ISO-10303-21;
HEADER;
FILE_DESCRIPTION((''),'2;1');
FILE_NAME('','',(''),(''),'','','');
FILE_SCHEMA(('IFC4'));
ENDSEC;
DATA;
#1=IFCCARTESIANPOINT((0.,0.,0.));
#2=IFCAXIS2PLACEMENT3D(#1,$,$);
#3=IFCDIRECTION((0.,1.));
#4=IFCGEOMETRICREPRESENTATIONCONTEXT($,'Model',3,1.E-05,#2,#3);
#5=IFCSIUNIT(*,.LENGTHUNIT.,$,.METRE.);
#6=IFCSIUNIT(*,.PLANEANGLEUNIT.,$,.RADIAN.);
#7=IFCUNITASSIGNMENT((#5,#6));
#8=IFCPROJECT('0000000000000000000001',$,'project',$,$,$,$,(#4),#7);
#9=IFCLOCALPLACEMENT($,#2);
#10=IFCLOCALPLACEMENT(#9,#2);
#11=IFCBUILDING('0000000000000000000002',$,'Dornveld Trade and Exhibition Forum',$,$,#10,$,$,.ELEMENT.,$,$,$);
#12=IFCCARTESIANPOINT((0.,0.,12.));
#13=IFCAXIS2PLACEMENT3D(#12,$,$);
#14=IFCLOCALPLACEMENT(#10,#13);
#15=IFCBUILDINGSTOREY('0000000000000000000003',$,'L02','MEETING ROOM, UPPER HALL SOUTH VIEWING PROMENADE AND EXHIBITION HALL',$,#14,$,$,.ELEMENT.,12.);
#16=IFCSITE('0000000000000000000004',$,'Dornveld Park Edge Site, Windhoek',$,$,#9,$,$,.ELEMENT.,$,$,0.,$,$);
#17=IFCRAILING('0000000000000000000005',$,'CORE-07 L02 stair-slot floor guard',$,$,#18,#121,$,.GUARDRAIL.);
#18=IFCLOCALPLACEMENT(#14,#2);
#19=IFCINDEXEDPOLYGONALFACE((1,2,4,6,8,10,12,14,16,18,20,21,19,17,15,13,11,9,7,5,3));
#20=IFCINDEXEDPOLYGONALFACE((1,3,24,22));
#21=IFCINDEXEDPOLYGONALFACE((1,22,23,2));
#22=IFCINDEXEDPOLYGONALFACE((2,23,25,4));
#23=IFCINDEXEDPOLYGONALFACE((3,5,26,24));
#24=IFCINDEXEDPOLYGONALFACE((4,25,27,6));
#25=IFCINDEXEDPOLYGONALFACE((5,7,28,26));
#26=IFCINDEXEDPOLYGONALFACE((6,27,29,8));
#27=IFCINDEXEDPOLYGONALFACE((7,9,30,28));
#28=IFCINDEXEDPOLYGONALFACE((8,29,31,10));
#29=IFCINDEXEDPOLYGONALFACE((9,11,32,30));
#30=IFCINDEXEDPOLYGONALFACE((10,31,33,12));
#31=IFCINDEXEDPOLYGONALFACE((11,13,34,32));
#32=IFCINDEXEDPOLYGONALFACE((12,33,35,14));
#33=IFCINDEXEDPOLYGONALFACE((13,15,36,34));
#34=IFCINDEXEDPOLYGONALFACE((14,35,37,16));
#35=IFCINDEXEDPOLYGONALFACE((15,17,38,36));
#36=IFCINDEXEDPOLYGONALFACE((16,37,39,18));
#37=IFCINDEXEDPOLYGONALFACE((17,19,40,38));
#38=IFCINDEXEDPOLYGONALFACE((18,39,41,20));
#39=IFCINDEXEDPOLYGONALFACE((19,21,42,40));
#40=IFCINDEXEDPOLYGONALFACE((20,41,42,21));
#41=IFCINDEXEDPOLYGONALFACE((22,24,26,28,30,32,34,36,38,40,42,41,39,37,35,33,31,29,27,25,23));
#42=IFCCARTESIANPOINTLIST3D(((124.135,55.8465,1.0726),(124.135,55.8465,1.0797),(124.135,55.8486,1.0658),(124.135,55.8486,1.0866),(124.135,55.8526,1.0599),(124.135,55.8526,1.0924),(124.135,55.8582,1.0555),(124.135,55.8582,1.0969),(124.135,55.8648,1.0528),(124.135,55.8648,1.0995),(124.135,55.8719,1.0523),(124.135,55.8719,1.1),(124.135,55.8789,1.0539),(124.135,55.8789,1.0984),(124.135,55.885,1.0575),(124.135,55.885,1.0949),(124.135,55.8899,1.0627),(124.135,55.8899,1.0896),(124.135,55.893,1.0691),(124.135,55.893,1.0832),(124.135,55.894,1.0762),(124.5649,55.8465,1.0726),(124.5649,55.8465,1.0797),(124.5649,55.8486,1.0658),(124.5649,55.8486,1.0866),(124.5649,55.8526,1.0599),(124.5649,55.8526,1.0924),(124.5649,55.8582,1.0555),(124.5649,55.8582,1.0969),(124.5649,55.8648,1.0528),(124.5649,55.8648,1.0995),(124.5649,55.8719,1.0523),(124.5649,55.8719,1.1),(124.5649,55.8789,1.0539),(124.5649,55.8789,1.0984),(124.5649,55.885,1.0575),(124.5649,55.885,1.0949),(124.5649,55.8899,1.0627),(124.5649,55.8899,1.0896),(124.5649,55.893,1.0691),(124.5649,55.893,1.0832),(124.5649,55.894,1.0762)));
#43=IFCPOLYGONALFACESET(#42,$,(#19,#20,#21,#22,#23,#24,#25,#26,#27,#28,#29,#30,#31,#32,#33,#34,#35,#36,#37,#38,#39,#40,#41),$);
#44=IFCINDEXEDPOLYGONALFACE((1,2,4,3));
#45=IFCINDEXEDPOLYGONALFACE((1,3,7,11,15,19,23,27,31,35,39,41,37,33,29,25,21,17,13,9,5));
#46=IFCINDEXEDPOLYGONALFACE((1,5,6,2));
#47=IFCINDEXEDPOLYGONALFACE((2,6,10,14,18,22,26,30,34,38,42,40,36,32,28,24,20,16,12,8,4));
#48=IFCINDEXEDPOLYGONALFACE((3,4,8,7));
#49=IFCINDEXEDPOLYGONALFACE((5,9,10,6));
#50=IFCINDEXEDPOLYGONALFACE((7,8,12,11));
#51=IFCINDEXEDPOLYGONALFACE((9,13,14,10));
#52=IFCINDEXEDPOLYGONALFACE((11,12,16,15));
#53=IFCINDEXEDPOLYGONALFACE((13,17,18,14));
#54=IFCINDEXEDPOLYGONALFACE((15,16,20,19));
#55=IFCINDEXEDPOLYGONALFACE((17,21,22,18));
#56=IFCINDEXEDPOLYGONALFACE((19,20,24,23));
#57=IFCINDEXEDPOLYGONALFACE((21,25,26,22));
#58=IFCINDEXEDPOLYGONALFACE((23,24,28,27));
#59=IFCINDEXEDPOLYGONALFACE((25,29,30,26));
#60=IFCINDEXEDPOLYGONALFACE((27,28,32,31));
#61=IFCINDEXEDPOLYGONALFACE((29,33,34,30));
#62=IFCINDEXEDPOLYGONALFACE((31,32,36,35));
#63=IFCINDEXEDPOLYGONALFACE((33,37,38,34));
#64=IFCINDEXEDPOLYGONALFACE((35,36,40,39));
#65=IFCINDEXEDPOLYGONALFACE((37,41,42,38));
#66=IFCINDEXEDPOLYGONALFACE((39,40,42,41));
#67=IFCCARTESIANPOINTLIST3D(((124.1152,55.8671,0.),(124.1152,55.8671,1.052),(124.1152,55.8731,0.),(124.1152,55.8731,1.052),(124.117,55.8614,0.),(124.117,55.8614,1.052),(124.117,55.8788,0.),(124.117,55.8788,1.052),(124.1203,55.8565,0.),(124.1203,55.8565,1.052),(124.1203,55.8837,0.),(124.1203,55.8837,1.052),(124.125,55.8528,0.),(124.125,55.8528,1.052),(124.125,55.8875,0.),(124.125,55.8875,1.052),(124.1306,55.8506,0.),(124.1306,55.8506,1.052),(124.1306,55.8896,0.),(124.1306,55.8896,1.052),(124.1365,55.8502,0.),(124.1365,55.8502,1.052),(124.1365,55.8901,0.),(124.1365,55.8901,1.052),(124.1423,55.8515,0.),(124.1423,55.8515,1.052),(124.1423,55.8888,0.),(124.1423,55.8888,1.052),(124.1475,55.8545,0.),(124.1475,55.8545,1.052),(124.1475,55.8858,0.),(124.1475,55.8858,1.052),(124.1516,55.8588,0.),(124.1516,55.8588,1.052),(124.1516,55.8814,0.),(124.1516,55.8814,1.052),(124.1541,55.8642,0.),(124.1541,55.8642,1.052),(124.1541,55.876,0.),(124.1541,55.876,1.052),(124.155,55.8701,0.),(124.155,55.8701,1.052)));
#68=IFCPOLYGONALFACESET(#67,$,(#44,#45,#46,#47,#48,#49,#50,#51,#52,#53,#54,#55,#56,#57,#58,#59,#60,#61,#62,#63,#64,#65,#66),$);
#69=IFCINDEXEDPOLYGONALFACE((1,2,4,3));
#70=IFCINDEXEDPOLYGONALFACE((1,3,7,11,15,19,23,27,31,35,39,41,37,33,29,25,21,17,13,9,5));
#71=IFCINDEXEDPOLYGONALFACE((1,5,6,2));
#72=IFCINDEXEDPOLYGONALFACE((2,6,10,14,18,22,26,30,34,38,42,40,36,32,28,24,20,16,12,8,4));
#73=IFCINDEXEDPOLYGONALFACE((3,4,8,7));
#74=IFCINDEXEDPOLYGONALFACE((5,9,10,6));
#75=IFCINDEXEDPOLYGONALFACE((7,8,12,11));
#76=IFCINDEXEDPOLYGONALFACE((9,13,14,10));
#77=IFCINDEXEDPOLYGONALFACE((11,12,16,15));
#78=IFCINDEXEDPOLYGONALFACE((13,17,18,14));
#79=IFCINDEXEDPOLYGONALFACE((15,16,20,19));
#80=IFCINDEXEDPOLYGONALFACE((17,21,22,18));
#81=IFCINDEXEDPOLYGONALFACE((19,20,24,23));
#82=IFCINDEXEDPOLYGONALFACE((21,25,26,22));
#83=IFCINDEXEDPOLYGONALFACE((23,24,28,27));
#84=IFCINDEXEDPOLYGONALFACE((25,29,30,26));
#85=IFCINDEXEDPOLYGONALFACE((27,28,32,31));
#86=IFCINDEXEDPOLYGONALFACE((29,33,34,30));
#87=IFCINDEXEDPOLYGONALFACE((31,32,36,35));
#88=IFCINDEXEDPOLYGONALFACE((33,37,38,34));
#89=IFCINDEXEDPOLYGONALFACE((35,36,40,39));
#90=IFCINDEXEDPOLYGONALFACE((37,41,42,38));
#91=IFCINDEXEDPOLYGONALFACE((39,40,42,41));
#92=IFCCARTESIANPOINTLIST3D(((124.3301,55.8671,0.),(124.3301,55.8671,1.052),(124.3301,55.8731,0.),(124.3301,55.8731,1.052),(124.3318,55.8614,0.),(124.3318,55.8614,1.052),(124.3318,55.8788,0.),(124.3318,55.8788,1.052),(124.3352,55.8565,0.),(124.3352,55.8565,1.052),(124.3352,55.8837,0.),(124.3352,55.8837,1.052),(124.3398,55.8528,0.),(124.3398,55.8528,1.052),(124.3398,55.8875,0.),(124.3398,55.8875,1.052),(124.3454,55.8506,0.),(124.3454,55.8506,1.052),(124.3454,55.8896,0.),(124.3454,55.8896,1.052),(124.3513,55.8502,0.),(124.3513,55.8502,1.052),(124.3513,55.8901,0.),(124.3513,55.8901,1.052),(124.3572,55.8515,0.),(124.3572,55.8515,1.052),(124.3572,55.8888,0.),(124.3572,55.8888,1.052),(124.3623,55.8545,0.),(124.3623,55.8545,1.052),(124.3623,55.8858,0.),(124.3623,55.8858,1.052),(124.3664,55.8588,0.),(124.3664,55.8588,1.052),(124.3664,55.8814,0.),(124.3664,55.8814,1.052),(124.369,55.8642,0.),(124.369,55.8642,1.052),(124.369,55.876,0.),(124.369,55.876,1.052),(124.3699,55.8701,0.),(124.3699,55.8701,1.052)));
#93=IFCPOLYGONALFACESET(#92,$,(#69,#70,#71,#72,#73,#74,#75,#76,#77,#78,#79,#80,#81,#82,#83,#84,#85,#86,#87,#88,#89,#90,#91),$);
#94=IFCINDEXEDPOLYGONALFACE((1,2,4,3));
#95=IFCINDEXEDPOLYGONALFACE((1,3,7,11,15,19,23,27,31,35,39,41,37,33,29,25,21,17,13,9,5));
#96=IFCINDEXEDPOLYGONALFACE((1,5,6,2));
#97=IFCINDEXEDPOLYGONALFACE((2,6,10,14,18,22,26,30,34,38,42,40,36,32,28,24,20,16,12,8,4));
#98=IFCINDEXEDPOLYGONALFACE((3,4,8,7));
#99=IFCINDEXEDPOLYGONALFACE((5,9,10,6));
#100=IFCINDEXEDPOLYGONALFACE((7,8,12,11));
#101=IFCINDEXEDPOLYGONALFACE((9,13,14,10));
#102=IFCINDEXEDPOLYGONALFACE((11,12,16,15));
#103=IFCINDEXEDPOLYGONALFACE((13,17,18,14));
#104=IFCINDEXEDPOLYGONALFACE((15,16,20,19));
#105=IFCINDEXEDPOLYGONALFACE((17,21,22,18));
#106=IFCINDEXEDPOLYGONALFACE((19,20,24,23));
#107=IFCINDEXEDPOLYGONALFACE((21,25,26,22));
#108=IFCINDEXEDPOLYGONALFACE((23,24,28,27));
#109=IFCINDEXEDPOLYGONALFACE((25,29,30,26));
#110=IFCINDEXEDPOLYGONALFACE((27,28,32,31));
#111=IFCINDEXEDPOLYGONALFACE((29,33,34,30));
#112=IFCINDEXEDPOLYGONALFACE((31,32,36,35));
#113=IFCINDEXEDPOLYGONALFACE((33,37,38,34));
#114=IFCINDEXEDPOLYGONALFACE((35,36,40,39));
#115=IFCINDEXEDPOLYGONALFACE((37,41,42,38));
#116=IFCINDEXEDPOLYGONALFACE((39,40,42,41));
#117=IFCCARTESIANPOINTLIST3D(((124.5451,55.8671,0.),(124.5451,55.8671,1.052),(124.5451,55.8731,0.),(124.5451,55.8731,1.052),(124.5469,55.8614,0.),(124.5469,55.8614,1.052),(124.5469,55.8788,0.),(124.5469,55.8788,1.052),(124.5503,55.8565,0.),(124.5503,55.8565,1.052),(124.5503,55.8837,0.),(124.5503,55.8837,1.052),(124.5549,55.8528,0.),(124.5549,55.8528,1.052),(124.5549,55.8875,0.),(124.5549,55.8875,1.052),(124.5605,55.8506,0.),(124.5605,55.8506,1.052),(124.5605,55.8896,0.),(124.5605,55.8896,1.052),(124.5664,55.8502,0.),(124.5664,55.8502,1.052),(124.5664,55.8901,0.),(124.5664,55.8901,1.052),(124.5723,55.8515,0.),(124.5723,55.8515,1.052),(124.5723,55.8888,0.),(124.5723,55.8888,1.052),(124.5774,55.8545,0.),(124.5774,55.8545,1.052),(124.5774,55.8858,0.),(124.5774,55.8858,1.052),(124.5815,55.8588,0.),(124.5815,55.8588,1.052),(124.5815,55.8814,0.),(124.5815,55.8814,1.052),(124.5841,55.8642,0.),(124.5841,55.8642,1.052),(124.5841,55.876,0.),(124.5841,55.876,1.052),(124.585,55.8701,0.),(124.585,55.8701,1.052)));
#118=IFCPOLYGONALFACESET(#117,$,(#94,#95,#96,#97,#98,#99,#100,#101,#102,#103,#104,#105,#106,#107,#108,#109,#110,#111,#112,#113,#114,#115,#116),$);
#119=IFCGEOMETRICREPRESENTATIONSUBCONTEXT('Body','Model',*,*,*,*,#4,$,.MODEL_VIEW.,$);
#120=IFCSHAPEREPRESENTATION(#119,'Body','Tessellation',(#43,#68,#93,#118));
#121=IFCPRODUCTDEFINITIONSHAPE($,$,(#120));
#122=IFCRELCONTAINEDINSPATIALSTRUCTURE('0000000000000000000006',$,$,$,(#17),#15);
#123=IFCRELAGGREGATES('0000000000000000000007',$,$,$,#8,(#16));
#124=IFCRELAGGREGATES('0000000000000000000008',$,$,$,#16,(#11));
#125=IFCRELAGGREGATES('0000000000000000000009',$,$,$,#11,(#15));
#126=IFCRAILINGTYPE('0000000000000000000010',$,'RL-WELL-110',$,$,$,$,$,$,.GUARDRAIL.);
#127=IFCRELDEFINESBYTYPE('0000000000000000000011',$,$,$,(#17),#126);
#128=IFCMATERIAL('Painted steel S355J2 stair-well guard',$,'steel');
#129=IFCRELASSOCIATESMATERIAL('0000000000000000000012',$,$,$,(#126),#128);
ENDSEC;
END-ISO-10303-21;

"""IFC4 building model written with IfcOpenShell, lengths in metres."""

from ifc_helpers import new_model, si_unit, direction, frame, origin, origin_2d, place, context, subcontext, project, spatial, circle, extrude, material, type_object, element, save


model = new_model("IFC4")

# Units and contexts
model_context = context("Model", 3, precision=1e-05, world=origin(), true_north=direction((0.0, 1.0)))
body_context = subcontext(model_context, "Body", "Model", "MODEL_VIEW")
ifc_project = project(units=[si_unit("LENGTHUNIT", "METRE"), si_unit("PLANEANGLEUNIT", "RADIAN")], contexts=[model_context])

# Site, building, storey
site_placement = place(None, origin())
site = spatial("IfcSite", under=ifc_project, at=site_placement, Name="Dornveld Park Edge Site, Windhoek", CompositionType="ELEMENT", RefElevation=0.0)
building_placement = place(site_placement, origin())
building = spatial("IfcBuilding", under=site, at=building_placement, Name="Dornveld Trade and Exhibition Forum", CompositionType="ELEMENT")
storey_placement = place(building_placement, frame((0.0, 0.0, 12.0)))
storey = spatial("IfcBuildingStorey", under=building, at=storey_placement, Name="L02", Description="MEETING ROOM, UPPER HALL SOUTH VIEWING PROMENADE AND EXHIBITION HALL", CompositionType="ELEMENT", Elevation=12.0)

# Railing
ifc_material_1 = material(Name="Painted steel S355J2 stair-well guard", Category="steel")
railing_type_1 = type_object("IfcRailingType", Name="RL-WELL-110", PredefinedType="GUARDRAIL", material=ifc_material_1)
railing_1_placement = place(storey_placement, frame((124.135, 55.8701, 0.0)))
element("IfcRailing", 1, at=railing_1_placement, inside=storey, type_object=railing_type_1, Name="CORE-07 L02 stair-slot floor guard", PredefinedType="GUARDRAIL", context=body_context, shape_type="SweptSolid", body=[
    extrude(circle(Radius=0.0239, at=origin_2d()), frame((0.0, 0.0, 1.0762), z_axis=(1.0, 0.0, 0.0), x_axis=(0.0, 1.0, 0.0)), (0.0, 0.0, 1.0), 0.4299),
    extrude(circle(Radius=0.02, at=origin_2d()), origin(), (0.0, 0.0, 1.0), 1.052),
    extrude(circle(Radius=0.02, at=origin_2d()), frame((0.2148, 0.0, 0.0)), (0.0, 0.0, 1.0), 1.052),
    extrude(circle(Radius=0.02, at=origin_2d()), frame((0.4299, 0.0, 0.0)), (0.0, 0.0, 1.0), 1.052),
])

save(model, "model.ifc")
